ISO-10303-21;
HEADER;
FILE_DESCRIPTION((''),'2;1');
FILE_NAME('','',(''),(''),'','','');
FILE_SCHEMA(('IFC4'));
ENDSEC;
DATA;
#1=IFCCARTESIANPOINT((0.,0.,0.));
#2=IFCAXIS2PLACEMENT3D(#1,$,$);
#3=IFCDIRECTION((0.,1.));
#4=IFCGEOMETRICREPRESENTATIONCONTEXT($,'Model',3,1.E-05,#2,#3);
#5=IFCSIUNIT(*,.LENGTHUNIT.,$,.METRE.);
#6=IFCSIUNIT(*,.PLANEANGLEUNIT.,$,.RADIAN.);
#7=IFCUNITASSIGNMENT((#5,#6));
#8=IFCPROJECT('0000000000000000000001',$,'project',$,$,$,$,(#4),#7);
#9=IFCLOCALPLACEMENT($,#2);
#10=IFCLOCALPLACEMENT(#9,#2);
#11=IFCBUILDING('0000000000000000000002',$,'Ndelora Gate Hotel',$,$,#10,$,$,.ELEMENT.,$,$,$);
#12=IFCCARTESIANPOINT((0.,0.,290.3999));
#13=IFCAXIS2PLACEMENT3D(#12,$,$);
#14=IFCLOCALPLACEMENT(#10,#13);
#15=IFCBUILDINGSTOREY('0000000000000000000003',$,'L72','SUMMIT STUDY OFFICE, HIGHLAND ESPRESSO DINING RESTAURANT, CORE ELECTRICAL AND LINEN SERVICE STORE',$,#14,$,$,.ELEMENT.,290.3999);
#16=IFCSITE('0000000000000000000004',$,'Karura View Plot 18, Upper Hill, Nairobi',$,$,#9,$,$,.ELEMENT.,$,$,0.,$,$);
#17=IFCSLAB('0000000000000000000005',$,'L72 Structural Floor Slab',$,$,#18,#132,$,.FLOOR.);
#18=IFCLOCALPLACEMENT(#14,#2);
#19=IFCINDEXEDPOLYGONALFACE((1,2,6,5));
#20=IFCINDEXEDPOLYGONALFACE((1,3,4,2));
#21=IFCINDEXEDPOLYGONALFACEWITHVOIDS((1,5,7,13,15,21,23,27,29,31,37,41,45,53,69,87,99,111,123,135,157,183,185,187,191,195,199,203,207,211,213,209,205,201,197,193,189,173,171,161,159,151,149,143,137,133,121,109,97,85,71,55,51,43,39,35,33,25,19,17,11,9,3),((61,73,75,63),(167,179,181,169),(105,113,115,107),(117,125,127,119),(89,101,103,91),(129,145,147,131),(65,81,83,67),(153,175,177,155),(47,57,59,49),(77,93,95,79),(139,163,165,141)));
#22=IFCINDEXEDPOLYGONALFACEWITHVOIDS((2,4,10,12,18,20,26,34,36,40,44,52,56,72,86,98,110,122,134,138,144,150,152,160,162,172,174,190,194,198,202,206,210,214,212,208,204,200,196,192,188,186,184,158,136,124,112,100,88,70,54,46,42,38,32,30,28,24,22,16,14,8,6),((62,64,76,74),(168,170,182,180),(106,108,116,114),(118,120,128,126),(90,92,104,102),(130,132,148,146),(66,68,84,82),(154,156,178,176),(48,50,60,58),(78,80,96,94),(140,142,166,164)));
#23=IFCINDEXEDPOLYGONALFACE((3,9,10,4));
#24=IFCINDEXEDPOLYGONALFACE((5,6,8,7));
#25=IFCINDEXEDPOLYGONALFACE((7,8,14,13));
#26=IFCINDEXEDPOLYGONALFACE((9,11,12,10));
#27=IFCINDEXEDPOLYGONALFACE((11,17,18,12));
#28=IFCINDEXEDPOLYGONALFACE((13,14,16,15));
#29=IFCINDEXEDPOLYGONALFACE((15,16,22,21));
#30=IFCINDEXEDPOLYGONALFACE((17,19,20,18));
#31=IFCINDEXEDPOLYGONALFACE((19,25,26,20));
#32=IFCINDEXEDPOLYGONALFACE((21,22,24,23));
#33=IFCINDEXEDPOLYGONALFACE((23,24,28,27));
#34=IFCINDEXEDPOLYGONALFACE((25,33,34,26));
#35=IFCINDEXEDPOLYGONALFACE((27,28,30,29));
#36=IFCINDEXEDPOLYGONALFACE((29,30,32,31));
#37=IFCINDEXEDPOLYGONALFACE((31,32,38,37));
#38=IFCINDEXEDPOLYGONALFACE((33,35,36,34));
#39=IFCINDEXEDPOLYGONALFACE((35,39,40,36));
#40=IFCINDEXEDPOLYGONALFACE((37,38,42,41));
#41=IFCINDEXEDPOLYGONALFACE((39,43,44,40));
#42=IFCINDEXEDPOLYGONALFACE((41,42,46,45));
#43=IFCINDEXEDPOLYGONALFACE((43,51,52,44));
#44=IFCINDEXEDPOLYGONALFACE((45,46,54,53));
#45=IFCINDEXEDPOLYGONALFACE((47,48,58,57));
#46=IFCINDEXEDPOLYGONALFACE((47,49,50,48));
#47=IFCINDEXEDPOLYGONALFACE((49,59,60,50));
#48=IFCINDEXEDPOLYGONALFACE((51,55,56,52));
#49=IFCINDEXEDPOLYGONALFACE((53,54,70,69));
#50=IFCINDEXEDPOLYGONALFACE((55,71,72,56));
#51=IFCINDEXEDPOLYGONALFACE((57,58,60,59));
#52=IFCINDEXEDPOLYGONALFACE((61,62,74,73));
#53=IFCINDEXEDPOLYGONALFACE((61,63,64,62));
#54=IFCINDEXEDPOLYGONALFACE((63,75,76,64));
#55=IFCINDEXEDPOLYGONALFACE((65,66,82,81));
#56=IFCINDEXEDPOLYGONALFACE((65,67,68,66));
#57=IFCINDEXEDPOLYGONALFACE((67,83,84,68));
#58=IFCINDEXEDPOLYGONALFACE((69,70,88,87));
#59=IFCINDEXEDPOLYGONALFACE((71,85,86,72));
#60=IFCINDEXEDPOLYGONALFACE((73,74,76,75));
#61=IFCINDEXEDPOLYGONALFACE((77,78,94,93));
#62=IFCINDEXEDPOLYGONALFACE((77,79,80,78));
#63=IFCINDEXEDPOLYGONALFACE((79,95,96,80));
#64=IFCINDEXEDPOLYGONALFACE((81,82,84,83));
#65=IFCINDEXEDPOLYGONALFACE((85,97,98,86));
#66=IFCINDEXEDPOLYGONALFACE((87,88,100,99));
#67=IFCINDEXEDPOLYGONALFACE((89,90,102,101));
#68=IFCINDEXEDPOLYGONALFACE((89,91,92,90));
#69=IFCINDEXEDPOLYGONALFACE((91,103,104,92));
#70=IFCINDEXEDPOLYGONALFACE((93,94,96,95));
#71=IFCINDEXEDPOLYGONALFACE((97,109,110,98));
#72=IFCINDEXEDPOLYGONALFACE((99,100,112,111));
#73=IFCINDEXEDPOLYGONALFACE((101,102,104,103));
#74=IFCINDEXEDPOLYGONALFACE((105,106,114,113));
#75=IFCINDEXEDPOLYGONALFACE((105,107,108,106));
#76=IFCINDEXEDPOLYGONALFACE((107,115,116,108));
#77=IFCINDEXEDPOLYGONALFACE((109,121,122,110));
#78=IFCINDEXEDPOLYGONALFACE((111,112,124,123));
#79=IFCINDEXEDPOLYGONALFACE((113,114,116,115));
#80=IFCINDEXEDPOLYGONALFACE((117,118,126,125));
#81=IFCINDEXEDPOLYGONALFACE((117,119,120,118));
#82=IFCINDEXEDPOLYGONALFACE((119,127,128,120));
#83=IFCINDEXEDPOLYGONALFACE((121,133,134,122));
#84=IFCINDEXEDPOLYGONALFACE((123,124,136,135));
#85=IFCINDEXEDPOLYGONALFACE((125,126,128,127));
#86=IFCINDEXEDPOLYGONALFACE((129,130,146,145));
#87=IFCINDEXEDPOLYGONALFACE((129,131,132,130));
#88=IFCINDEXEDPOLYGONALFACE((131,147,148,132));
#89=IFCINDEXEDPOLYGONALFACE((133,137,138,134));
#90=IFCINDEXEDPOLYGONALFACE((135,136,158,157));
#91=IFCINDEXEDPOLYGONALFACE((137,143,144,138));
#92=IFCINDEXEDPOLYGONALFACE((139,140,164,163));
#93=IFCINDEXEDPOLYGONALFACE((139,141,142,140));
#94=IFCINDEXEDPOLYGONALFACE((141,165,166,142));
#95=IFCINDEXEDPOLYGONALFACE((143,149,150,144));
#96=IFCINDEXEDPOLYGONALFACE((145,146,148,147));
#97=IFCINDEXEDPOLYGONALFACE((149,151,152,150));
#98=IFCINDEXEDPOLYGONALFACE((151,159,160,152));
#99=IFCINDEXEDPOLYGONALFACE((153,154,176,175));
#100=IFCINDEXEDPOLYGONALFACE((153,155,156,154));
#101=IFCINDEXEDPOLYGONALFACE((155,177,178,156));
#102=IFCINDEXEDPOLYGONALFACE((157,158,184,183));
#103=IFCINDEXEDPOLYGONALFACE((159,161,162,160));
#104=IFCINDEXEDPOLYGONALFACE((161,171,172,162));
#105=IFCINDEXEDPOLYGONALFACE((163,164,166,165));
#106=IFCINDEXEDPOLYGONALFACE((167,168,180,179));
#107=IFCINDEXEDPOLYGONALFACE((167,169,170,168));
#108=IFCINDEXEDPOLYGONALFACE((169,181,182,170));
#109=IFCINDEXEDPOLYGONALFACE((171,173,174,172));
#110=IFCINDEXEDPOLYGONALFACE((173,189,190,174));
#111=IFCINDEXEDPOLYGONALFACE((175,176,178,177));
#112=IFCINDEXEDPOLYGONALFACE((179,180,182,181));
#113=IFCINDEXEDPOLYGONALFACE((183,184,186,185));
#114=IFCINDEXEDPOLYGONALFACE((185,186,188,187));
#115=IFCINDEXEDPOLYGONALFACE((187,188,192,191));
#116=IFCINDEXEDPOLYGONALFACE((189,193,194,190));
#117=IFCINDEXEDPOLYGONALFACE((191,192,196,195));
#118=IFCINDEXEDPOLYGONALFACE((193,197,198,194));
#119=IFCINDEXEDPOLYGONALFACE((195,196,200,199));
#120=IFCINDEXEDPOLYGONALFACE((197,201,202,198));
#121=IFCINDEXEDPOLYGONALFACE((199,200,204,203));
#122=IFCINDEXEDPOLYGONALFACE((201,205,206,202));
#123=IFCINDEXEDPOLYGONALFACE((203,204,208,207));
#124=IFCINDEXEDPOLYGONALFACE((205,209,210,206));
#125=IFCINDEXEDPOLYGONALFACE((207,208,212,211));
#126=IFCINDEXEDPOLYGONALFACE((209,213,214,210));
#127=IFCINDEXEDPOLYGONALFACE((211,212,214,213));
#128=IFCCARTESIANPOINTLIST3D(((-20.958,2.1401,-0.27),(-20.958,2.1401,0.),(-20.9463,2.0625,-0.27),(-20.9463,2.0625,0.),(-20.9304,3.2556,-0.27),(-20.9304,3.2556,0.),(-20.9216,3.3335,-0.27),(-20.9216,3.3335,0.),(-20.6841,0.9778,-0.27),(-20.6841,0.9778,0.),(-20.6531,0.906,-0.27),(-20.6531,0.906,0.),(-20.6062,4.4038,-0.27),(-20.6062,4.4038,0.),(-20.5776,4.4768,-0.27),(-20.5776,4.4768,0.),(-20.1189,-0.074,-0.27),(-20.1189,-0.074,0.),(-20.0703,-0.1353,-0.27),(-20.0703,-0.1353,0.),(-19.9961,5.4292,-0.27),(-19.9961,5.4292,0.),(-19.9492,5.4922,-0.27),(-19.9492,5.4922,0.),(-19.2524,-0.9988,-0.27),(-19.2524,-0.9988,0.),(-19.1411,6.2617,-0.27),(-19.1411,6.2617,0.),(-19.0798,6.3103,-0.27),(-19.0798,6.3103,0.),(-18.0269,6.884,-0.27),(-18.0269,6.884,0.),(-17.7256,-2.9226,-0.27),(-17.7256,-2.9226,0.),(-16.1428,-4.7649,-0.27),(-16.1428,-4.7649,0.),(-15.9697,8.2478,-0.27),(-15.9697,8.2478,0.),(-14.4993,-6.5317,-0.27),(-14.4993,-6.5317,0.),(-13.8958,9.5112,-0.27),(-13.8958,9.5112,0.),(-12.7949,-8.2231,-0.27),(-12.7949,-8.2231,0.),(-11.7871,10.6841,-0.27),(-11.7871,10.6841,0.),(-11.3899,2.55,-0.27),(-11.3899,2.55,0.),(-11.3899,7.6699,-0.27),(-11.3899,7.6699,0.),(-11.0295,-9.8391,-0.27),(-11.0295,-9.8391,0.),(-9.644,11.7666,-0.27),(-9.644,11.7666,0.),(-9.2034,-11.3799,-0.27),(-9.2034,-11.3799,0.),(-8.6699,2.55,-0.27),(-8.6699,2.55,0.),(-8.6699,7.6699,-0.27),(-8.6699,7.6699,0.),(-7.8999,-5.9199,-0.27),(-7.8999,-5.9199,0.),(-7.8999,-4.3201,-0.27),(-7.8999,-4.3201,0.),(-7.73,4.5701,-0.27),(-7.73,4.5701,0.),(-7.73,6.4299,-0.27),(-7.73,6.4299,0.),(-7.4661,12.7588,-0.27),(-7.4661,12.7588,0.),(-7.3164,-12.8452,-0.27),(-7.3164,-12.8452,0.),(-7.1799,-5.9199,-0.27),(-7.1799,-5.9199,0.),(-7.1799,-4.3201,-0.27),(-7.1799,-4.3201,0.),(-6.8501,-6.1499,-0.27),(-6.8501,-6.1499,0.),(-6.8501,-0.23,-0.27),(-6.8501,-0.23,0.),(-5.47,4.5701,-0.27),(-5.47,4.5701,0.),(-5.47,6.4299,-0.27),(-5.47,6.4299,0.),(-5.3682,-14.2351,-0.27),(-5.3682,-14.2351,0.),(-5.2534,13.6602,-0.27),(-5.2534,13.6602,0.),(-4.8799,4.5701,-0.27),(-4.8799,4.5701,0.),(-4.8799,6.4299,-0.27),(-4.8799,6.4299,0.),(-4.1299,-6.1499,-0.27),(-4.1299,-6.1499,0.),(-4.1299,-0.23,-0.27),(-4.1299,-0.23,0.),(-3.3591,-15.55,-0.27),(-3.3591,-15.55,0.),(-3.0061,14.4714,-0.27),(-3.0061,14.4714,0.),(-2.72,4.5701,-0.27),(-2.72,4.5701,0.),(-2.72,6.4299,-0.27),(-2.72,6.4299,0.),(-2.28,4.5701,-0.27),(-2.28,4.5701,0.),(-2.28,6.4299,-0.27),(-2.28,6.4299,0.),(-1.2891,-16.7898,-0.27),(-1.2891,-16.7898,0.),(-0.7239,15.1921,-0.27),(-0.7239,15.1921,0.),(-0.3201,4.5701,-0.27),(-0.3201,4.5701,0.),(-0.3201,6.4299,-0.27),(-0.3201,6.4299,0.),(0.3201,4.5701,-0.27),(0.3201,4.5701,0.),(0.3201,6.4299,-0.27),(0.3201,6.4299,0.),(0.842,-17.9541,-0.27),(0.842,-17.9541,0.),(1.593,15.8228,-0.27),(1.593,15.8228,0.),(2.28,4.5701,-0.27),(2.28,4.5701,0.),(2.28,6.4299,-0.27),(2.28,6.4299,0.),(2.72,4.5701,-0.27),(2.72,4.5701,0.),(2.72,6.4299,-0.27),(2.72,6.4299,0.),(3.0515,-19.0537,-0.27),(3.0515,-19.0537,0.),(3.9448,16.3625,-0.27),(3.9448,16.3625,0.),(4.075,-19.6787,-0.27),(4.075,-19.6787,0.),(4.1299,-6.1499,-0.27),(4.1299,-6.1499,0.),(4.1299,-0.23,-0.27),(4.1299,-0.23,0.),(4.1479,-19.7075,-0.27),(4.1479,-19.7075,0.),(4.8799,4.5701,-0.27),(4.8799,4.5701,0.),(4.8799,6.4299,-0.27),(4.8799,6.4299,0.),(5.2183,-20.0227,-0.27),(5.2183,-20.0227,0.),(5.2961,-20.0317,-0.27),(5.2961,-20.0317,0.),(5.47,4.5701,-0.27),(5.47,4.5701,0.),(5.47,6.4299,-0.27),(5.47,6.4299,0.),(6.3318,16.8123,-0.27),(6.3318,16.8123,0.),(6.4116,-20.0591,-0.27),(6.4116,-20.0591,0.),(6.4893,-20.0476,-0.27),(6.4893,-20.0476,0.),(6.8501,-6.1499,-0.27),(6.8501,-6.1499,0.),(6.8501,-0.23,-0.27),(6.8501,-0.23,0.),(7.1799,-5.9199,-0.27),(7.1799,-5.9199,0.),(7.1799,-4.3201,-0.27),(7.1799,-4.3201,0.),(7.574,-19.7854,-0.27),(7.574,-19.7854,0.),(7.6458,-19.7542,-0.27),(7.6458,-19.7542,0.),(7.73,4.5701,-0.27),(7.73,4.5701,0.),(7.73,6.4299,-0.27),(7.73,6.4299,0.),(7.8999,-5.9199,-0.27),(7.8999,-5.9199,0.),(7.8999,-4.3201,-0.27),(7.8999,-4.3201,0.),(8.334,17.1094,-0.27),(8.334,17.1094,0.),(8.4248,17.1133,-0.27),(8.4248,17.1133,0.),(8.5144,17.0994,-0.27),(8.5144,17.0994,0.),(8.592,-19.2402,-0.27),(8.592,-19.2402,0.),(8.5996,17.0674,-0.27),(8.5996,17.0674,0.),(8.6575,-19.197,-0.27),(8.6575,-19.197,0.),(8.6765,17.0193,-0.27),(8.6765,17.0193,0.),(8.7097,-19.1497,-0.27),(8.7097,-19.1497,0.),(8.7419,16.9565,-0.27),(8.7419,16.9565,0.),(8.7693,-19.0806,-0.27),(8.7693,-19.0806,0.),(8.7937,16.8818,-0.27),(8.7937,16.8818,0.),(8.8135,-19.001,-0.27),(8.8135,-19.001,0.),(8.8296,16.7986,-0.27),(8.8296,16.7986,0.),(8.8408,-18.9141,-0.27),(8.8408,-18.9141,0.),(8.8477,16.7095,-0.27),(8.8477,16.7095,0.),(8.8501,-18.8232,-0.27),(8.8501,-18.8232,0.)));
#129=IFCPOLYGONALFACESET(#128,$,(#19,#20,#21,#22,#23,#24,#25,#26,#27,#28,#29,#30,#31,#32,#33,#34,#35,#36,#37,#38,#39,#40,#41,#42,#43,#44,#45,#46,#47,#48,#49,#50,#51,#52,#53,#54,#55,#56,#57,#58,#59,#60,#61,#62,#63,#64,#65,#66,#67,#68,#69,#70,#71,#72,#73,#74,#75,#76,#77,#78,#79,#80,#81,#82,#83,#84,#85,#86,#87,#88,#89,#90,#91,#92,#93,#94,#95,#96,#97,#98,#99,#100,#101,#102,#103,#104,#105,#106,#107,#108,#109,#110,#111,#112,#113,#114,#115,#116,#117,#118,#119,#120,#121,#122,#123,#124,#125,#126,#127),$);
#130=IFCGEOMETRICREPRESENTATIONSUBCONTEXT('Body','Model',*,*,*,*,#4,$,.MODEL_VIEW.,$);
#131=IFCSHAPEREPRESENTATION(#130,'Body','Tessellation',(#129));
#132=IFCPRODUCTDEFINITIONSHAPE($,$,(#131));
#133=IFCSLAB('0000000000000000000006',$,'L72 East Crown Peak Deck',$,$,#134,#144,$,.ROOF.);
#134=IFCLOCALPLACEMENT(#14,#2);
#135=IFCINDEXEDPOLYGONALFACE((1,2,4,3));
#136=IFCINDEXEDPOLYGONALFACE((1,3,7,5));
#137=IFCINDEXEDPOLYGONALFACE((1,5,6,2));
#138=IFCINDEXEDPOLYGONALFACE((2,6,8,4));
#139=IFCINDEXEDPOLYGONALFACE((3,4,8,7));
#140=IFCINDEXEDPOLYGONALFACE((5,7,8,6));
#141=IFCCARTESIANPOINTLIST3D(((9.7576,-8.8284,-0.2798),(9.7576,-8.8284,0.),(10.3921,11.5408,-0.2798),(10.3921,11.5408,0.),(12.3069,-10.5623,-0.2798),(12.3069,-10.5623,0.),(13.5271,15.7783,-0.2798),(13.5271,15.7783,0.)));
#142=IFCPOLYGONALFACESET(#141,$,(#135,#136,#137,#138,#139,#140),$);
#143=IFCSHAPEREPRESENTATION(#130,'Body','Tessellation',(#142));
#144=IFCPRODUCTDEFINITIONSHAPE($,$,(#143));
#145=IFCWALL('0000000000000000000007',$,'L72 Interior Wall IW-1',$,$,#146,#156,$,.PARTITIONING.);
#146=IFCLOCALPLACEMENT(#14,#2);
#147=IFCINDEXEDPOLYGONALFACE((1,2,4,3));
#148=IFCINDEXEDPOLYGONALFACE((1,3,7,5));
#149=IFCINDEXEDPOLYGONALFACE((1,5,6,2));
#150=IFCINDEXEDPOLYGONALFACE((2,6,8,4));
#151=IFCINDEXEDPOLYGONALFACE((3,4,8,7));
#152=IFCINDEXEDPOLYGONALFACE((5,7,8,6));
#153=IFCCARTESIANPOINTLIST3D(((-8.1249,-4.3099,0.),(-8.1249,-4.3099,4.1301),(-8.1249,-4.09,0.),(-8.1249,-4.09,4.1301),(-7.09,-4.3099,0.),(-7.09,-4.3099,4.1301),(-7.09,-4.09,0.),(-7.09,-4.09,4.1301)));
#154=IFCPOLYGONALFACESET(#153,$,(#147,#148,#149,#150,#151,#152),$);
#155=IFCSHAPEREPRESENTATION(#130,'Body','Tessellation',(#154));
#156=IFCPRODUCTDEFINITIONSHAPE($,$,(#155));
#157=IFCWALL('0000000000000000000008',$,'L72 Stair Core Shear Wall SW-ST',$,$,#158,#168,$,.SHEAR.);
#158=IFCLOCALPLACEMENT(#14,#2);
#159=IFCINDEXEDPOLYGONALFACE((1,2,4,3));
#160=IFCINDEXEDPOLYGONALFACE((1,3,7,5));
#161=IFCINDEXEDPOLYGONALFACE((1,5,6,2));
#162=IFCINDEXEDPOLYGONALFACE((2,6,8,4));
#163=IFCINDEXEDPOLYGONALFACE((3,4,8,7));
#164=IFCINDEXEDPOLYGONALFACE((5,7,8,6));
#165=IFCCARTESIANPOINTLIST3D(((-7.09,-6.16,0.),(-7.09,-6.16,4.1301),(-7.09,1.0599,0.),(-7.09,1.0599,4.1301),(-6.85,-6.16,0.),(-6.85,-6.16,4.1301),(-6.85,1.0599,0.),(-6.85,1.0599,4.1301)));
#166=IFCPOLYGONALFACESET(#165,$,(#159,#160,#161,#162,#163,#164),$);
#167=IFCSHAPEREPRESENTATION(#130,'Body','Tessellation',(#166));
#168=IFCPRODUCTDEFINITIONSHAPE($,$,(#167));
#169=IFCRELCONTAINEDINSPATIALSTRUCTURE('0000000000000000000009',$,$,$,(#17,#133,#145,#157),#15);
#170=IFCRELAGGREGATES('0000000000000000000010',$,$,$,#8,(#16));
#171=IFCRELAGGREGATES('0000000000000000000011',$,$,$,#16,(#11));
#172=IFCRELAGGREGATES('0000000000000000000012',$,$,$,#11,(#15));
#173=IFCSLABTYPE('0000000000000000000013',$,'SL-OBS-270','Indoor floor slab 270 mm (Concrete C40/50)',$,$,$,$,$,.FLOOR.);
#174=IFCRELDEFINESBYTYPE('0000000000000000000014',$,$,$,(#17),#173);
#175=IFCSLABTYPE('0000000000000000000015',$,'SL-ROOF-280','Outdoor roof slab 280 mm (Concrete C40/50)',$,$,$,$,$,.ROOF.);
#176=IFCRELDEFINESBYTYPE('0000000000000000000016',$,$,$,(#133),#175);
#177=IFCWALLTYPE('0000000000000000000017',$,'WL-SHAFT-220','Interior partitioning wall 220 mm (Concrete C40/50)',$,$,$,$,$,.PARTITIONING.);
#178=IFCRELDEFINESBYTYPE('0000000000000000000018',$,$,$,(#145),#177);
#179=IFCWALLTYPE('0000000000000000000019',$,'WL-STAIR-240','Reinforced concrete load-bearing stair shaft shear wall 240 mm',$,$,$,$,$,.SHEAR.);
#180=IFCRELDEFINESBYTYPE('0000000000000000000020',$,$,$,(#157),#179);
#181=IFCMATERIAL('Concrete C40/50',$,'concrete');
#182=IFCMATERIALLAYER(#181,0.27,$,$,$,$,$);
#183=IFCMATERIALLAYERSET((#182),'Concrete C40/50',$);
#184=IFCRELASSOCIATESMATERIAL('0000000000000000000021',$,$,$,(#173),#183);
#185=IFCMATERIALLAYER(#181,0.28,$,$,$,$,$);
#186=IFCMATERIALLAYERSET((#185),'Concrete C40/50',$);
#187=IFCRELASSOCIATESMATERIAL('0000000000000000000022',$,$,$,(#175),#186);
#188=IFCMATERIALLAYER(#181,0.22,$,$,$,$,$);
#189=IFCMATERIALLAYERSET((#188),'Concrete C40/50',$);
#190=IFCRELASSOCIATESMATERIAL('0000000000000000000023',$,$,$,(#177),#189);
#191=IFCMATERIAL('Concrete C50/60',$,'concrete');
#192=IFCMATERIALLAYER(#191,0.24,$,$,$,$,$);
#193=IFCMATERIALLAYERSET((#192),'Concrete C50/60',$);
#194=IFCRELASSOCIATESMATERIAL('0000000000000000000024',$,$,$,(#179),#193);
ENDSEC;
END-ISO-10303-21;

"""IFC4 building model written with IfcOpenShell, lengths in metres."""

from ifc_helpers import new_model, si_unit, direction, frame, frame_2d, origin, place, context, subcontext, project, spatial, polyline, rectangle, outline, extrude, material, layer, layer_set, type_object, element, save


model = new_model("IFC4")

# Units and contexts
model_context = context("Model", 3, precision=1e-05, world=origin(), true_north=direction((0.0, 1.0)))
body_context = subcontext(model_context, "Body", "Model", "MODEL_VIEW")
ifc_project = project(units=[si_unit("LENGTHUNIT", "METRE"), si_unit("PLANEANGLEUNIT", "RADIAN")], contexts=[model_context])

# Site, building, storey
site_placement = place(None, origin())
site = spatial("IfcSite", under=ifc_project, at=site_placement, Name="Karura View Plot 18, Upper Hill, Nairobi", CompositionType="ELEMENT", RefElevation=0.0)
building_placement = place(site_placement, origin())
building = spatial("IfcBuilding", under=site, at=building_placement, Name="Ndelora Gate Hotel", CompositionType="ELEMENT")
storey_placement = place(building_placement, frame((0.0, 0.0, 290.3999)))
storey = spatial("IfcBuildingStorey", under=building, at=storey_placement, Name="L72", Description="SUMMIT STUDY OFFICE, HIGHLAND ESPRESSO DINING RESTAURANT, CORE ELECTRICAL AND LINEN SERVICE STORE", CompositionType="ELEMENT", Elevation=290.3999)

# Slabs
ifc_material_1 = material(Name="Concrete C40/50", Category="concrete")
ifc_layer_1 = layer(ifc_material_1, 0.27)
ifc_layer_set_1 = layer_set([ifc_layer_1], Name="Concrete C40/50")
slab_type_1 = type_object("IfcSlabType", Name="SL-OBS-270", Description="Indoor floor slab 270 mm (Concrete C40/50)", PredefinedType="FLOOR", material=ifc_layer_set_1)
slab_1_placement = place(storey_placement, frame((0.0, 0.0, -0.27)))
element("IfcSlab", 1, at=slab_1_placement, inside=storey, type_object=slab_type_1, Name="L72 Structural Floor Slab", PredefinedType="FLOOR", context=body_context, shape_type="SweptSolid", body=[
    extrude(outline(polyline([(-18.0269, 6.884), (-19.0798, 6.3103), (-19.1411, 6.2617), (-19.9492, 5.4922), (-19.9961, 5.4292), (-20.5776, 4.4768), (-20.6062, 4.4038), (-20.9216, 3.3335), (-20.9304, 3.2556), (-20.958, 2.1401), (-20.9463, 2.0625), (-20.6841, 0.9778), (-20.6531, 0.906), (-20.1189, -0.074), (-20.0703, -0.1353), (-19.2524, -0.9988), (-17.7256, -2.9226), (-16.1428, -4.7649), (-14.4993, -6.5317), (-12.7949, -8.2231), (-11.0295, -9.8391), (-9.2034, -11.3799), (-7.3164, -12.8452), (-5.3682, -14.2351), (-3.3591, -15.55), (-1.2891, -16.7898), (0.842, -17.9541), (3.0515, -19.0537), (4.075, -19.6787), (4.1479, -19.7075), (5.2183, -20.0227), (5.2961, -20.0317), (6.4116, -20.0591), (6.4893, -20.0476), (7.574, -19.7854), (7.6458, -19.7542), (8.592, -19.2402), (8.6575, -19.197), (8.7097, -19.1497), (8.7693, -19.0806), (8.8135, -19.001), (8.8408, -18.9141), (8.8501, -18.8232), (8.8477, 16.7095), (8.8296, 16.7986), (8.7937, 16.8818), (8.7419, 16.9565), (8.6765, 17.0193), (8.5996, 17.0674), (8.5144, 17.0994), (8.4248, 17.1133), (8.334, 17.1094), (6.3318, 16.8123), (3.9448, 16.3625), (1.593, 15.8228), (-0.7239, 15.1921), (-3.0061, 14.4714), (-5.2534, 13.6602), (-7.4661, 12.7588), (-9.644, 11.7666), (-11.7871, 10.6841), (-13.8958, 9.5112), (-15.9697, 8.2478), (-18.0269, 6.884)]), holes=[polyline([(-6.8501, -0.23), (-6.8501, -6.1499), (-4.1299, -6.1499), (-4.1299, -0.23), (-6.8501, -0.23)]), polyline([(4.1299, -0.23), (4.1299, -6.1499), (6.8501, -6.1499), (6.8501, -0.23), (4.1299, -0.23)]), polyline([(-11.3899, 7.6699), (-11.3899, 2.55), (-8.6699, 2.55), (-8.6699, 7.6699), (-11.3899, 7.6699)]), polyline([(-7.73, 4.5701), (-5.47, 4.5701), (-5.47, 6.4299), (-7.73, 6.4299), (-7.73, 4.5701)]), polyline([(5.47, 4.5701), (7.73, 4.5701), (7.73, 6.4299), (5.47, 6.4299), (5.47, 4.5701)]), polyline([(-4.8799, 4.5701), (-2.72, 4.5701), (-2.72, 6.4299), (-4.8799, 6.4299), (-4.8799, 4.5701)]), polyline([(2.72, 4.5701), (4.8799, 4.5701), (4.8799, 6.4299), (2.72, 6.4299), (2.72, 4.5701)]), polyline([(-2.28, 4.5701), (-0.3201, 4.5701), (-0.3201, 6.4299), (-2.28, 6.4299), (-2.28, 4.5701)]), polyline([(0.3201, 4.5701), (2.28, 4.5701), (2.28, 6.4299), (0.3201, 6.4299), (0.3201, 4.5701)]), polyline([(-7.8999, -5.9199), (-7.1799, -5.9199), (-7.1799, -4.3201), (-7.8999, -4.3201), (-7.8999, -5.9199)]), polyline([(7.1799, -5.9199), (7.8999, -5.9199), (7.8999, -4.3201), (7.1799, -4.3201), (7.1799, -5.9199)])]), origin(), (0.0, 0.0, 1.0), 0.27),
])
ifc_layer_2 = layer(ifc_material_1, 0.28)
ifc_layer_set_2 = layer_set([ifc_layer_2], Name="Concrete C40/50")
slab_type_2 = type_object("IfcSlabType", Name="SL-ROOF-280", Description="Outdoor roof slab 280 mm (Concrete C40/50)", PredefinedType="ROOF", material=ifc_layer_set_2)
slab_2_placement = place(storey_placement, frame((0.0, 0.0, -0.2798)))
element("IfcSlab", 2, at=slab_2_placement, inside=storey, type_object=slab_type_2, Name="L72 East Crown Peak Deck", PredefinedType="ROOF", context=body_context, shape_type="SweptSolid", body=[
    extrude(outline(polyline([(9.7576, -8.8284), (12.3069, -10.5623), (13.5271, 15.7783), (10.3921, 11.5408), (9.7576, -8.8284)])), origin(), (0.0, 0.0, 1.0), 0.2798),
])

# Walls
ifc_layer_3 = layer(ifc_material_1, 0.22)
ifc_layer_set_3 = layer_set([ifc_layer_3], Name="Concrete C40/50")
wall_type_1 = type_object("IfcWallType", Name="WL-SHAFT-220", Description="Interior partitioning wall 220 mm (Concrete C40/50)", PredefinedType="PARTITIONING", material=ifc_layer_set_3)
wall_1_placement = place(storey_placement, frame((-8.125, -4.2, 0.0), z_axis=(0.0, 0.0, 1.0), x_axis=(1.0, 0.0, 0.0)))
element("IfcWall", 3, at=wall_1_placement, inside=storey, type_object=wall_type_1, Name="L72 Interior Wall IW-1", PredefinedType="PARTITIONING", context=body_context, shape_type="SweptSolid", body=[
    extrude(rectangle(XDim=1.0349, YDim=0.22, at=frame_2d((0.5176, 0.0))), origin(), (0.0, 0.0, 1.0), 4.1301),
])
ifc_material_2 = material(Name="Concrete C50/60", Category="concrete")
ifc_layer_4 = layer(ifc_material_2, 0.24)
ifc_layer_set_4 = layer_set([ifc_layer_4], Name="Concrete C50/60")
wall_type_2 = type_object("IfcWallType", Name="WL-STAIR-240", Description="Reinforced concrete load-bearing stair shaft shear wall 240 mm", PredefinedType="SHEAR", material=ifc_layer_set_4)
wall_2_placement = place(storey_placement, frame((-6.97, -6.1599, 0.0), z_axis=(0.0, 0.0, 1.0), x_axis=(0.0, 1.0, 0.0)))
element("IfcWall", 4, at=wall_2_placement, inside=storey, type_object=wall_type_2, Name="L72 Stair Core Shear Wall SW-ST", PredefinedType="SHEAR", context=body_context, shape_type="SweptSolid", body=[
    extrude(rectangle(XDim=7.22, YDim=0.24, at=frame_2d((3.6099, 0.0))), origin(), (0.0, 0.0, 1.0), 4.1301),
])

save(model, "model.ifc")
